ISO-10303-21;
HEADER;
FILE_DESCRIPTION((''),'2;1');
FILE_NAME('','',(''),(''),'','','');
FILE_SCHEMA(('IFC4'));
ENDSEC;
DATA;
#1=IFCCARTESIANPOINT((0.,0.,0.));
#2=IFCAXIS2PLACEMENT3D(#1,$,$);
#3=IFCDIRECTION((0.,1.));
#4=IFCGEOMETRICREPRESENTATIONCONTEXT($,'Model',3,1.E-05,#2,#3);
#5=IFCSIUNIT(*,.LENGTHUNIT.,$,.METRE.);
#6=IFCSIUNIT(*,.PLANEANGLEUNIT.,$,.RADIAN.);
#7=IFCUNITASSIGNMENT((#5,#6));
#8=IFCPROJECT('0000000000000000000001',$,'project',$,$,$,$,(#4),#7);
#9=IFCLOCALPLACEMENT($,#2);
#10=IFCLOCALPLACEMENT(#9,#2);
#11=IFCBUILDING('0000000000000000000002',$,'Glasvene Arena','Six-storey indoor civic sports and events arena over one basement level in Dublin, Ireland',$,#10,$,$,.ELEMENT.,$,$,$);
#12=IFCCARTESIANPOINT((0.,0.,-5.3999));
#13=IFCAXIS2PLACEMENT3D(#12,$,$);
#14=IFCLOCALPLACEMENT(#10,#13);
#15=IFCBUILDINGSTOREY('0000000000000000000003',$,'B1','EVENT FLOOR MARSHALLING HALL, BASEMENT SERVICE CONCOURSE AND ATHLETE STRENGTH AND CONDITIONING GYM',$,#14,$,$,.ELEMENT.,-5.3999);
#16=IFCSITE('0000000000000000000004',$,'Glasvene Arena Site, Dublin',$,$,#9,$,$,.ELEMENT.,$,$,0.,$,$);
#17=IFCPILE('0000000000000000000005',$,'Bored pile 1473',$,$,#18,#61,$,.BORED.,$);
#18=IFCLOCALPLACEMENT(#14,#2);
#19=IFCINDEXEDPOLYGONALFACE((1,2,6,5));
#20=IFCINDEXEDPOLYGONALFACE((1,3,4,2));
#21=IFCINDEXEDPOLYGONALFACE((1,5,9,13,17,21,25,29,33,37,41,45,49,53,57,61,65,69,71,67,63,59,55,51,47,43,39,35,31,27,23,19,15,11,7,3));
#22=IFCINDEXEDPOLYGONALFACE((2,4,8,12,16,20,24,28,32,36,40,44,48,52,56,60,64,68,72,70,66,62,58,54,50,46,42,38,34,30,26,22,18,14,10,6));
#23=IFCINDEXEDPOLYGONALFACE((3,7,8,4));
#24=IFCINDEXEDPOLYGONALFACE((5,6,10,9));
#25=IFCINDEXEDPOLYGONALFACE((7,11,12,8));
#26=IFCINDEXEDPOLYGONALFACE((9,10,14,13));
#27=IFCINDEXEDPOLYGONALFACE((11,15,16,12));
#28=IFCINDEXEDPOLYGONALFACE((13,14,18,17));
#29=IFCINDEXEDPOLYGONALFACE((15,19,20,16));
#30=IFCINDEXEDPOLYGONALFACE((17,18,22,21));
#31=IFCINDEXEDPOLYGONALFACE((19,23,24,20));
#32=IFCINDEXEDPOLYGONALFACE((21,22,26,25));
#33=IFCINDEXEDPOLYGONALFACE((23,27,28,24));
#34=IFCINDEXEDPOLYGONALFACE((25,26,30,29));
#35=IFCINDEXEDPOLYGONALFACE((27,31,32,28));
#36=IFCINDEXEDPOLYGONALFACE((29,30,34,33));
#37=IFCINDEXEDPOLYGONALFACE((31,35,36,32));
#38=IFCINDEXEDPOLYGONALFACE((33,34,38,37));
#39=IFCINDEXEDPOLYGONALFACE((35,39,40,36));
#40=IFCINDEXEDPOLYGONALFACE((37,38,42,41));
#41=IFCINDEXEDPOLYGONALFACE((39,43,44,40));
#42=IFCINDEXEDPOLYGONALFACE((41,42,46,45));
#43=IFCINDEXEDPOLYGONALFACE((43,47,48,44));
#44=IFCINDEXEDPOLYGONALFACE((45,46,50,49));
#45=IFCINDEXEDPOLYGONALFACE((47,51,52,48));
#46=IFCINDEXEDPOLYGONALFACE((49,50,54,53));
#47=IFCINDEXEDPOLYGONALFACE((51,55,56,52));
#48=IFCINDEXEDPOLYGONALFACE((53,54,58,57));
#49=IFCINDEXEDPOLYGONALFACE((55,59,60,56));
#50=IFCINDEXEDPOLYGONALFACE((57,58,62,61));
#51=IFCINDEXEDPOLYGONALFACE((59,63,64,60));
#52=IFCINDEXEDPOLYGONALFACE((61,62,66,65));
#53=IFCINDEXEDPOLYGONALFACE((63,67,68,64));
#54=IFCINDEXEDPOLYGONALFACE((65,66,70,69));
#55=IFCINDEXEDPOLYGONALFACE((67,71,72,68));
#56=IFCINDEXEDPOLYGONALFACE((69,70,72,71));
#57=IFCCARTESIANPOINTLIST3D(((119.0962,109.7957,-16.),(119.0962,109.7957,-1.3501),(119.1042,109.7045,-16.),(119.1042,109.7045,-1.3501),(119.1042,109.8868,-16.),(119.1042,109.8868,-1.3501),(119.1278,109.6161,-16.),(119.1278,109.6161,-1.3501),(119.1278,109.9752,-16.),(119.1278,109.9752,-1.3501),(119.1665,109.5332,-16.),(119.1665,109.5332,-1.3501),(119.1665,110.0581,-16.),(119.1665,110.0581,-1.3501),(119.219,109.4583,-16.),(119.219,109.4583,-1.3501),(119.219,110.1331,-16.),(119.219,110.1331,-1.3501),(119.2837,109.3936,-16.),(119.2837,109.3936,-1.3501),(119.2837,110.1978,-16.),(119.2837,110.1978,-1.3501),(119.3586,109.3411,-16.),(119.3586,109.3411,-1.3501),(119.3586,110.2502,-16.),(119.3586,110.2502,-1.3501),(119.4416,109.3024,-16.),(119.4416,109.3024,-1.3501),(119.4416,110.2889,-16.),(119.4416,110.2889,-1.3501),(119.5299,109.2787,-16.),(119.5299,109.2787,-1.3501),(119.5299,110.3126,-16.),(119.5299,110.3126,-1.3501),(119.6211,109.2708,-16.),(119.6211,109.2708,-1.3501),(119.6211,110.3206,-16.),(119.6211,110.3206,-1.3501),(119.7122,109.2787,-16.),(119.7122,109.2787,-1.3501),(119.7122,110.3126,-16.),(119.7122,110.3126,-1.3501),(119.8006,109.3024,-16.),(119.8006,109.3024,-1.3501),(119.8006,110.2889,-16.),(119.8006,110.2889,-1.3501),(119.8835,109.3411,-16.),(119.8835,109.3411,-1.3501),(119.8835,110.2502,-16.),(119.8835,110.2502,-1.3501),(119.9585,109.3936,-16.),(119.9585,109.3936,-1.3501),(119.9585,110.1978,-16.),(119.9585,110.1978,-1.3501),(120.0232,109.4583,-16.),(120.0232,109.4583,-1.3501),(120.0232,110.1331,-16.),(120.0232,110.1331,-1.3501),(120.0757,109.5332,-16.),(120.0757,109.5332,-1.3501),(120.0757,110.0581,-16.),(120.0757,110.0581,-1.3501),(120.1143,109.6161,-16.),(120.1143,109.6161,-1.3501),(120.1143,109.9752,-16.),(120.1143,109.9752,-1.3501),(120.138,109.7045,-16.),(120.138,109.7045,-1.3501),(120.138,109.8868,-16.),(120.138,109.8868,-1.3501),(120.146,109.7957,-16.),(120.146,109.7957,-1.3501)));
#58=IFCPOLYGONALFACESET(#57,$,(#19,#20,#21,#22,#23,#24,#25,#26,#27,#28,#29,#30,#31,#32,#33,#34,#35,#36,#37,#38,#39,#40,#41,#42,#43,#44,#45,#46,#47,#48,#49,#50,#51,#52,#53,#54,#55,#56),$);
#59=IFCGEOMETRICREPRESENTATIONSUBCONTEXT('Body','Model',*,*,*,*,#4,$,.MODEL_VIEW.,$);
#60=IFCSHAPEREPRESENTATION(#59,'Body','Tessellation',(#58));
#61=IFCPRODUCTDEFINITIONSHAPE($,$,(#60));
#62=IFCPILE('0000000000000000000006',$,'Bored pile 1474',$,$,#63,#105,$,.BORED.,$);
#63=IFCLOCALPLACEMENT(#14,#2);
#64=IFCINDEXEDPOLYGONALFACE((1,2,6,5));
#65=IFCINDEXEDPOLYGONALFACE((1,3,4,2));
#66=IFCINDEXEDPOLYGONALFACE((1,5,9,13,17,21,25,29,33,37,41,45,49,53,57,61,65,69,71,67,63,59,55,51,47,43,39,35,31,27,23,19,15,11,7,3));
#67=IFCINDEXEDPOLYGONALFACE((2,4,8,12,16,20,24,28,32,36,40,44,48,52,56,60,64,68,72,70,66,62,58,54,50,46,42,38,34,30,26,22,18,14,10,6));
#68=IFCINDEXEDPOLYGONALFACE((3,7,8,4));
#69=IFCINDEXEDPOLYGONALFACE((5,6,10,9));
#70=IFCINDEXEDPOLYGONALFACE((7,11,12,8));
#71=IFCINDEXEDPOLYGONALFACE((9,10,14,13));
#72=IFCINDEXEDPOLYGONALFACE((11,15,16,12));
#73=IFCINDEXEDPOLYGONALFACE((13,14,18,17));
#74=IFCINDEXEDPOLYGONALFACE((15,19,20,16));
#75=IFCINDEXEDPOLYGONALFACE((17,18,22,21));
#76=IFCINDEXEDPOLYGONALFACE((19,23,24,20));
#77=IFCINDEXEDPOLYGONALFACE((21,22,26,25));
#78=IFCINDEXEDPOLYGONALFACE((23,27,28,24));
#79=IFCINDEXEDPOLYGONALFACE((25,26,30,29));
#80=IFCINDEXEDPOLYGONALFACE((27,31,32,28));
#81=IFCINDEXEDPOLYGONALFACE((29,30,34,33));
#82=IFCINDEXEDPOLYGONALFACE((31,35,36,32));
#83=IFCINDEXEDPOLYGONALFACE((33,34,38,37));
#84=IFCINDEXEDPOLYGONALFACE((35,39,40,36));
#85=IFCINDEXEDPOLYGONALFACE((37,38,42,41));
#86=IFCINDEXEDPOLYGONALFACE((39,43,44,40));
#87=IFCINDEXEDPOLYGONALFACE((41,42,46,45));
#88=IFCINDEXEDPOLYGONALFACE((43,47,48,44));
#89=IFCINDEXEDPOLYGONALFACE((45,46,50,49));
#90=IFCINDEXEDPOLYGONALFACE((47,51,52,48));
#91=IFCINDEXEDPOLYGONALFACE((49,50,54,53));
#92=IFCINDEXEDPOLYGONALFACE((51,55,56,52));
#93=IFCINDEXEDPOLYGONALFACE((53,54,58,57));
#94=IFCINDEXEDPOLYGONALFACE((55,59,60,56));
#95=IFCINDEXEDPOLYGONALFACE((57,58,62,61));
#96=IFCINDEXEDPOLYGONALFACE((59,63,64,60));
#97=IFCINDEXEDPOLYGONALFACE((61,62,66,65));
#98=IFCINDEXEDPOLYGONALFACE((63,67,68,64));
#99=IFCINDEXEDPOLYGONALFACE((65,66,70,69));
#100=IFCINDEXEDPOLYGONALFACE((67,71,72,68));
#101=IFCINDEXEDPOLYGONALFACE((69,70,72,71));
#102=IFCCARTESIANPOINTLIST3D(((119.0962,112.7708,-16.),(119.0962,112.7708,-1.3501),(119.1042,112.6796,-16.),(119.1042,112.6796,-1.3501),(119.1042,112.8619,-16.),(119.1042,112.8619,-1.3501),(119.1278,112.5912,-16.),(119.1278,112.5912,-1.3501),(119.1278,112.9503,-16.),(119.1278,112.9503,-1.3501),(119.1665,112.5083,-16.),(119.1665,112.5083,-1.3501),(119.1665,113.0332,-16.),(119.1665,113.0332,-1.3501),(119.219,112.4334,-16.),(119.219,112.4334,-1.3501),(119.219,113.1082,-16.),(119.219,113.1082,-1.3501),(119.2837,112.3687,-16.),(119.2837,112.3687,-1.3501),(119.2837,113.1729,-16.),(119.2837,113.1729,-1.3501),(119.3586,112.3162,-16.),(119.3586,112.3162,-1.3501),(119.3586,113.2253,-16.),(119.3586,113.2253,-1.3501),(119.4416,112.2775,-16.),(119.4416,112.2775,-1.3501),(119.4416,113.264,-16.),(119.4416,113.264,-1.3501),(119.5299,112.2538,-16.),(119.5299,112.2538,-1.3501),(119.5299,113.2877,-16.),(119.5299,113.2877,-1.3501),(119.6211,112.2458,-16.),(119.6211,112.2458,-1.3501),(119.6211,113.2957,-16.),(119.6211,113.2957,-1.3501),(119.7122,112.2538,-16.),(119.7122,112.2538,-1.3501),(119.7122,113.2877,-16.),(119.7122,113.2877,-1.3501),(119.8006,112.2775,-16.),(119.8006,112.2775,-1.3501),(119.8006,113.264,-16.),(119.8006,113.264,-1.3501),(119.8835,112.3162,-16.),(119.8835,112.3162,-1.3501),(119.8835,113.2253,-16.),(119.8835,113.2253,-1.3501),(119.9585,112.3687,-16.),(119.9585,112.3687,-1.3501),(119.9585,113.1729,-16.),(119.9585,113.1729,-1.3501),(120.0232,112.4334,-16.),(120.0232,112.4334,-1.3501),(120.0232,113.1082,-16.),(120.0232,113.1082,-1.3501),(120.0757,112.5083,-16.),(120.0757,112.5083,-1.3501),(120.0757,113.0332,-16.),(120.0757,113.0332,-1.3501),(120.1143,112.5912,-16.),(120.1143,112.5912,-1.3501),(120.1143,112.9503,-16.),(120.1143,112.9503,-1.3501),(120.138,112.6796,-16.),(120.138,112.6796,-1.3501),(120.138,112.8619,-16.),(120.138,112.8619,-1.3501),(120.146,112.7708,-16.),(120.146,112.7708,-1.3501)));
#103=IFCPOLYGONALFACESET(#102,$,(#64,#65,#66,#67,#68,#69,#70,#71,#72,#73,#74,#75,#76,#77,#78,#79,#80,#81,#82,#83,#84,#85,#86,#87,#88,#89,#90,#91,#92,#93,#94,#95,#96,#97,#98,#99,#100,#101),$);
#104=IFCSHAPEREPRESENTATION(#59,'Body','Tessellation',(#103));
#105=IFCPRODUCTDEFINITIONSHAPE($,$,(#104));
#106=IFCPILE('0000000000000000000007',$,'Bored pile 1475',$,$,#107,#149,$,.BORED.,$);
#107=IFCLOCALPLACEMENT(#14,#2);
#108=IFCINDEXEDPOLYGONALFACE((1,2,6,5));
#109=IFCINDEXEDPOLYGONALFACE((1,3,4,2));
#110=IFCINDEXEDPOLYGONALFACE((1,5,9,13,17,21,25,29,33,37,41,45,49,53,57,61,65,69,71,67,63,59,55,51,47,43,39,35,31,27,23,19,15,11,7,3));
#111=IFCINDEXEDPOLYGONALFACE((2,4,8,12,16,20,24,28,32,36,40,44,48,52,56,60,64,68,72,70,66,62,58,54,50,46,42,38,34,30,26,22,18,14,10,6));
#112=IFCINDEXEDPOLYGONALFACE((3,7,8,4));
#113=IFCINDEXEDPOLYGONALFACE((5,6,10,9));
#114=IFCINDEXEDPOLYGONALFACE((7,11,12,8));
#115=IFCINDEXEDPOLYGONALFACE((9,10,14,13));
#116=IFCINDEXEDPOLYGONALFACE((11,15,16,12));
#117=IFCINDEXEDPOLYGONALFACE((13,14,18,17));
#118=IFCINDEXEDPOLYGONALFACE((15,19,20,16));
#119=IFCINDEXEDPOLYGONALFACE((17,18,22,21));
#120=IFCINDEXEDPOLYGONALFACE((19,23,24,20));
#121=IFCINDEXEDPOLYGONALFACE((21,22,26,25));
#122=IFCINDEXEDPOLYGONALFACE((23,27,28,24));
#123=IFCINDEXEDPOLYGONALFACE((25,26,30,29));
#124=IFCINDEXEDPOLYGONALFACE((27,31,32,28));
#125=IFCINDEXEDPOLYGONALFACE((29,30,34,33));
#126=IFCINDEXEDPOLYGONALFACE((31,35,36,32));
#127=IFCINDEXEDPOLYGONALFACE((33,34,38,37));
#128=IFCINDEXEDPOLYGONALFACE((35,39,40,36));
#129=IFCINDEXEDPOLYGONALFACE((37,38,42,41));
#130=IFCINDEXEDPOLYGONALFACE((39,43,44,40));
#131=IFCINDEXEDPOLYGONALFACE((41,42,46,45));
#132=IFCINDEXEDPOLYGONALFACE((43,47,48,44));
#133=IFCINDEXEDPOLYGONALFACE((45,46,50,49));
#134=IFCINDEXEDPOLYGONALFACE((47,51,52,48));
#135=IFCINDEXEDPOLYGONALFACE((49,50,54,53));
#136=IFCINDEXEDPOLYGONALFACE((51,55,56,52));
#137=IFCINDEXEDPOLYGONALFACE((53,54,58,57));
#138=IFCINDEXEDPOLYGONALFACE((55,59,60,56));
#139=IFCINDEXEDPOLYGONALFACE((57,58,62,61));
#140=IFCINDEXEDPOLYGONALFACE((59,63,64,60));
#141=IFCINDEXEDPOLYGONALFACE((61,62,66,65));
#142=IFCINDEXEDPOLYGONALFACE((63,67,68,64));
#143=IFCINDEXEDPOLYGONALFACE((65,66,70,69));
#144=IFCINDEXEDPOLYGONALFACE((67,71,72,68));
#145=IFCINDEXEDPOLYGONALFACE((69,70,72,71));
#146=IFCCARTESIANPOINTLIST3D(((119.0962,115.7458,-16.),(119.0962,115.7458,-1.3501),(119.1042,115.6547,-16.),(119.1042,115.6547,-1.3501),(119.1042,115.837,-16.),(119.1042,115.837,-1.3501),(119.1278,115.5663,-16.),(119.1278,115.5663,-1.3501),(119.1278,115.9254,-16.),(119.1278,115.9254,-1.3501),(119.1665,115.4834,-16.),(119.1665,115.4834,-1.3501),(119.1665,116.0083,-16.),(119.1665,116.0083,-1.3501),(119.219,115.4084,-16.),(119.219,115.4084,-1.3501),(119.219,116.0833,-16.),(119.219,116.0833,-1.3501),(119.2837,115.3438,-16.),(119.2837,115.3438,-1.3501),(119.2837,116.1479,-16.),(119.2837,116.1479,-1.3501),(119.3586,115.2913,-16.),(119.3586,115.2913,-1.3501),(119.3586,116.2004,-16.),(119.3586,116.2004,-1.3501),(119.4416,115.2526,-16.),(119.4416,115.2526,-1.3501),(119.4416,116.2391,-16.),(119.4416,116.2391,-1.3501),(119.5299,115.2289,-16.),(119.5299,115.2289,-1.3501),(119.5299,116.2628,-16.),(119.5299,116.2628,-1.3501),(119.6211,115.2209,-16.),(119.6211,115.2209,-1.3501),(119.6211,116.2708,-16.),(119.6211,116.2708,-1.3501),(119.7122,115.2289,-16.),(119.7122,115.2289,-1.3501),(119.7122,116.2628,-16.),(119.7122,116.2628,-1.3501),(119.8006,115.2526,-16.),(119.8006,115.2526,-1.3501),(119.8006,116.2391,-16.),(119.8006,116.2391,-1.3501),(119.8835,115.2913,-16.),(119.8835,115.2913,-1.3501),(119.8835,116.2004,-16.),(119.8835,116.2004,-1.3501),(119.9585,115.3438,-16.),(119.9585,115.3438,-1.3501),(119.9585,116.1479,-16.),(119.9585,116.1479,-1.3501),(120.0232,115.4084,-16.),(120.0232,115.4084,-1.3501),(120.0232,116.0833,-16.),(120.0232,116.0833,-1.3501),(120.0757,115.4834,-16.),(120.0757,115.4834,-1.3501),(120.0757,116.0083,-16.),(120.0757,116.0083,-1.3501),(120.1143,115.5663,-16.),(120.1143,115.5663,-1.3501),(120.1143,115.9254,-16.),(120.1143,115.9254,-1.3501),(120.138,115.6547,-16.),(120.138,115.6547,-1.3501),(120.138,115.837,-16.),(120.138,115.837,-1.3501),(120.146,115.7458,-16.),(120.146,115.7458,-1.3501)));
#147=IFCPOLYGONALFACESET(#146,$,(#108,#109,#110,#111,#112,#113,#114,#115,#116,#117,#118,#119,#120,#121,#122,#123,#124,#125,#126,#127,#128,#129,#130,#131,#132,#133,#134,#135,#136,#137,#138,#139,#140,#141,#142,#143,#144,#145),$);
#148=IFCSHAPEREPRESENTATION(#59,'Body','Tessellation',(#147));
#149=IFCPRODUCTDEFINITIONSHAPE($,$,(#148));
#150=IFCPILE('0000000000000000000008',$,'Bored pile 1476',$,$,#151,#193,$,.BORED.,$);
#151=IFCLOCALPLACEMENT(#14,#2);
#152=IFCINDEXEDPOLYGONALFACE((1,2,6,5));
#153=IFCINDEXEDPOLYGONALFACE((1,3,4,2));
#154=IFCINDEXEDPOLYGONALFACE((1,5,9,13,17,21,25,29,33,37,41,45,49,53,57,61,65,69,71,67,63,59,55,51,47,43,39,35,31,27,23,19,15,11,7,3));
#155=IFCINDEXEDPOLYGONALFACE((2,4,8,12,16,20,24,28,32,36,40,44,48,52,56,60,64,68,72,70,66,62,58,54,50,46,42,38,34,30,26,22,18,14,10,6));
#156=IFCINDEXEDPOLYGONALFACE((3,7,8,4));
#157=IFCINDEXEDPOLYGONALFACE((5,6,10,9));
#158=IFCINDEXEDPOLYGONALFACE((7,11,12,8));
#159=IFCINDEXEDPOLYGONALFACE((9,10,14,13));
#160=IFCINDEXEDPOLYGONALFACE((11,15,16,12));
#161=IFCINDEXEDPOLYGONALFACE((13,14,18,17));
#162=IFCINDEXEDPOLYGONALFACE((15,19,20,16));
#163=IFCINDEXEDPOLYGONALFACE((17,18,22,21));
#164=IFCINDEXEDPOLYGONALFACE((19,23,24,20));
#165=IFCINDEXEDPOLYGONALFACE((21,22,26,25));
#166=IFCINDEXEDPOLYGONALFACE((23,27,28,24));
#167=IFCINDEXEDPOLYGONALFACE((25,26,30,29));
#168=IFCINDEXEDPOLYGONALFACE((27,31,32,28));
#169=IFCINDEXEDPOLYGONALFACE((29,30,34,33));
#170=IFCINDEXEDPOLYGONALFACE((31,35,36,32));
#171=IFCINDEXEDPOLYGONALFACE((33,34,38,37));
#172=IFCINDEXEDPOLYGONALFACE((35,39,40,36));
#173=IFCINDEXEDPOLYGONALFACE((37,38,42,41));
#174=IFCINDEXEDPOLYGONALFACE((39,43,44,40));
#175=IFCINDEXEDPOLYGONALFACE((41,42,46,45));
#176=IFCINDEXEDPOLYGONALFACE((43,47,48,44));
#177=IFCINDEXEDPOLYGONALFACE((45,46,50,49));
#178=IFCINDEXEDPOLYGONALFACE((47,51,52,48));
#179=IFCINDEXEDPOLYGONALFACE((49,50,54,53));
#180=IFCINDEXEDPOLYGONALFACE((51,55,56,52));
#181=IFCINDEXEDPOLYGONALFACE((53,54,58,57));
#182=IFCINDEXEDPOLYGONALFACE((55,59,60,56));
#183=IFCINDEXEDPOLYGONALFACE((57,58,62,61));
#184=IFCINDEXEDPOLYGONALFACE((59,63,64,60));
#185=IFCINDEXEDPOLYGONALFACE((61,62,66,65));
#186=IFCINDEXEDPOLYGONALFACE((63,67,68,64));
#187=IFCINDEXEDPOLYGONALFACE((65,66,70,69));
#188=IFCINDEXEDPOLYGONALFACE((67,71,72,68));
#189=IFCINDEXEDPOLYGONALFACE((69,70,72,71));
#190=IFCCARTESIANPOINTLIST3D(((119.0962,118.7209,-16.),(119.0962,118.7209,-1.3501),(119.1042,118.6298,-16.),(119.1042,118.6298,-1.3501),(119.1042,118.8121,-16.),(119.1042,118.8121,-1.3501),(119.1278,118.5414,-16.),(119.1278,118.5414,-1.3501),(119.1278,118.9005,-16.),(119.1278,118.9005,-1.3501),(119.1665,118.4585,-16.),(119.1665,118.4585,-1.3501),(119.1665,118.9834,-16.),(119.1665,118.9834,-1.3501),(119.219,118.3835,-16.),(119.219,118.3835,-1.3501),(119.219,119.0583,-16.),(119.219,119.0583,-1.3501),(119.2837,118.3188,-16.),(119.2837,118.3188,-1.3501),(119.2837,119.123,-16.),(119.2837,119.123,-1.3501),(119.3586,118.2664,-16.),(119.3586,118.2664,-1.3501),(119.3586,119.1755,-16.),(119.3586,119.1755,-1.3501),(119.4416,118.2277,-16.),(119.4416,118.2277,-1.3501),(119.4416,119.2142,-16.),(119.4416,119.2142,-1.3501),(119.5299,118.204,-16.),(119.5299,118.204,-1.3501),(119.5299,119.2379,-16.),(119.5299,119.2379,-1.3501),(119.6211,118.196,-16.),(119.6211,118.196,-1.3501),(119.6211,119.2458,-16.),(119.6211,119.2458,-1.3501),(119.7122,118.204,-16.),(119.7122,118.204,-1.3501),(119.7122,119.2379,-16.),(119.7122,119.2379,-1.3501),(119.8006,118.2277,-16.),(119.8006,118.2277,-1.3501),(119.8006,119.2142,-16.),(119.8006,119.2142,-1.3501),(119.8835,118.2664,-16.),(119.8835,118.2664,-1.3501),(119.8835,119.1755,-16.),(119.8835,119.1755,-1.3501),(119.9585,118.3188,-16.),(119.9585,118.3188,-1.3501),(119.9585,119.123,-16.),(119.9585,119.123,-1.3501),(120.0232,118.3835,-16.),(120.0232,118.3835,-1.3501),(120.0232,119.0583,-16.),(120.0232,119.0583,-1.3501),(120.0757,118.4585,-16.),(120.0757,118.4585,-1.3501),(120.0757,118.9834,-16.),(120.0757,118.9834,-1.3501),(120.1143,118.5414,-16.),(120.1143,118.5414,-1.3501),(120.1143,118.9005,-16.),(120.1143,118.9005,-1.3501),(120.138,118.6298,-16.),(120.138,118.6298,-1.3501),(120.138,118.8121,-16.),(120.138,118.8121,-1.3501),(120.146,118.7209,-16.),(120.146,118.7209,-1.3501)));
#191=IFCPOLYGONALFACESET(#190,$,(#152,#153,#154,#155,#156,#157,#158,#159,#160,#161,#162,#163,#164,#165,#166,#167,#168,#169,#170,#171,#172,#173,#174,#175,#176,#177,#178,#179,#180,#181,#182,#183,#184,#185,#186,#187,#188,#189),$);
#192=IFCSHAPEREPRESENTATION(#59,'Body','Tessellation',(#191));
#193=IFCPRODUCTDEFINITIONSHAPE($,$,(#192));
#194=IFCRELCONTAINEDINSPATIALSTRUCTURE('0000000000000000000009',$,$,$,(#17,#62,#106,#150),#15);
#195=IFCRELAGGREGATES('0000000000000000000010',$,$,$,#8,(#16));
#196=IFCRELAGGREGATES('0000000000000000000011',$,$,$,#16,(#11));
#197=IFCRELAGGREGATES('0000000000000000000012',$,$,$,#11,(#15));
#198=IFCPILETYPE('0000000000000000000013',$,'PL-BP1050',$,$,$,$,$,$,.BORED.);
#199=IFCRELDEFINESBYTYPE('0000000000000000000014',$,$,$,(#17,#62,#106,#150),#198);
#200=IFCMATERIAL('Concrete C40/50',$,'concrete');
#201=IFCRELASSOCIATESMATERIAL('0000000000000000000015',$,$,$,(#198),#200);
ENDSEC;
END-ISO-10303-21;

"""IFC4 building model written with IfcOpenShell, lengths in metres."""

from ifc_helpers import new_model, si_unit, direction, frame, origin, origin_2d, place, context, subcontext, project, spatial, circle, extrude, material, material_profile, profile_set, type_object, element, save


model = new_model("IFC4")

# Units and contexts
model_context = context("Model", 3, precision=1e-05, world=origin(), true_north=direction((0.0, 1.0)))
body_context = subcontext(model_context, "Body", "Model", "MODEL_VIEW")
ifc_project = project(units=[si_unit("LENGTHUNIT", "METRE"), si_unit("PLANEANGLEUNIT", "RADIAN")], contexts=[model_context])

# Site, building, storey
site_placement = place(None, origin())
site = spatial("IfcSite", under=ifc_project, at=site_placement, Name="Glasvene Arena Site, Dublin", CompositionType="ELEMENT", RefElevation=0.0)
building_placement = place(site_placement, origin())
building = spatial("IfcBuilding", under=site, at=building_placement, Name="Glasvene Arena", Description="Six-storey indoor civic sports and events arena over one basement level in Dublin, Ireland", CompositionType="ELEMENT")
storey_placement = place(building_placement, frame((0.0, 0.0, -5.3999)))
storey = spatial("IfcBuildingStorey", under=building, at=storey_placement, Name="B1", Description="EVENT FLOOR MARSHALLING HALL, BASEMENT SERVICE CONCOURSE AND ATHLETE STRENGTH AND CONDITIONING GYM", CompositionType="ELEMENT", Elevation=-5.3999)

# Piles
ifc_material_1 = material(Name="Concrete C40/50", Category="concrete")
ifc_material_profile_1 = material_profile(ifc_material_1, circle(Radius=0.5249, at=origin_2d()), Name="BORED PILE 1050")
ifc_profile_set_1 = profile_set([ifc_material_profile_1], Name="Concrete C40/50")
pile_type = type_object("IfcPileType", Name="PL-BP1050", PredefinedType="BORED", material=ifc_profile_set_1)
for number, where, z_axis, x_axis, name in (
    (1, (119.6211, 109.7957, -1.3501), (0.0, 0.0, -1.0), (1.0, 0.0, 0.0), "Bored pile 1473"),
    (2, (119.6211, 112.7708, -1.3501), (0.0, 0.0, -1.0), (1.0, 0.0, 0.0), "Bored pile 1474"),
    (3, (119.6211, 115.7458, -1.3501), (0.0, 0.0, -1.0), (1.0, 0.0, 0.0), "Bored pile 1475"),
    (4, (119.6211, 118.7209, -1.3501), (0.0, 0.0, -1.0), (1.0, 0.0, 0.0), "Bored pile 1476"),
):
    element("IfcPile", number, at=place(storey_placement, frame(where, z_axis=z_axis, x_axis=x_axis)), inside=storey, type_object=pile_type, Name=name, PredefinedType="BORED", context=body_context, shape_type="SweptSolid", body=[
        extrude(circle(Radius=0.5249, at=origin_2d()), origin(), (0.0, 0.0, 1.0), 14.6499),
    ])

save(model, "model.ifc")
